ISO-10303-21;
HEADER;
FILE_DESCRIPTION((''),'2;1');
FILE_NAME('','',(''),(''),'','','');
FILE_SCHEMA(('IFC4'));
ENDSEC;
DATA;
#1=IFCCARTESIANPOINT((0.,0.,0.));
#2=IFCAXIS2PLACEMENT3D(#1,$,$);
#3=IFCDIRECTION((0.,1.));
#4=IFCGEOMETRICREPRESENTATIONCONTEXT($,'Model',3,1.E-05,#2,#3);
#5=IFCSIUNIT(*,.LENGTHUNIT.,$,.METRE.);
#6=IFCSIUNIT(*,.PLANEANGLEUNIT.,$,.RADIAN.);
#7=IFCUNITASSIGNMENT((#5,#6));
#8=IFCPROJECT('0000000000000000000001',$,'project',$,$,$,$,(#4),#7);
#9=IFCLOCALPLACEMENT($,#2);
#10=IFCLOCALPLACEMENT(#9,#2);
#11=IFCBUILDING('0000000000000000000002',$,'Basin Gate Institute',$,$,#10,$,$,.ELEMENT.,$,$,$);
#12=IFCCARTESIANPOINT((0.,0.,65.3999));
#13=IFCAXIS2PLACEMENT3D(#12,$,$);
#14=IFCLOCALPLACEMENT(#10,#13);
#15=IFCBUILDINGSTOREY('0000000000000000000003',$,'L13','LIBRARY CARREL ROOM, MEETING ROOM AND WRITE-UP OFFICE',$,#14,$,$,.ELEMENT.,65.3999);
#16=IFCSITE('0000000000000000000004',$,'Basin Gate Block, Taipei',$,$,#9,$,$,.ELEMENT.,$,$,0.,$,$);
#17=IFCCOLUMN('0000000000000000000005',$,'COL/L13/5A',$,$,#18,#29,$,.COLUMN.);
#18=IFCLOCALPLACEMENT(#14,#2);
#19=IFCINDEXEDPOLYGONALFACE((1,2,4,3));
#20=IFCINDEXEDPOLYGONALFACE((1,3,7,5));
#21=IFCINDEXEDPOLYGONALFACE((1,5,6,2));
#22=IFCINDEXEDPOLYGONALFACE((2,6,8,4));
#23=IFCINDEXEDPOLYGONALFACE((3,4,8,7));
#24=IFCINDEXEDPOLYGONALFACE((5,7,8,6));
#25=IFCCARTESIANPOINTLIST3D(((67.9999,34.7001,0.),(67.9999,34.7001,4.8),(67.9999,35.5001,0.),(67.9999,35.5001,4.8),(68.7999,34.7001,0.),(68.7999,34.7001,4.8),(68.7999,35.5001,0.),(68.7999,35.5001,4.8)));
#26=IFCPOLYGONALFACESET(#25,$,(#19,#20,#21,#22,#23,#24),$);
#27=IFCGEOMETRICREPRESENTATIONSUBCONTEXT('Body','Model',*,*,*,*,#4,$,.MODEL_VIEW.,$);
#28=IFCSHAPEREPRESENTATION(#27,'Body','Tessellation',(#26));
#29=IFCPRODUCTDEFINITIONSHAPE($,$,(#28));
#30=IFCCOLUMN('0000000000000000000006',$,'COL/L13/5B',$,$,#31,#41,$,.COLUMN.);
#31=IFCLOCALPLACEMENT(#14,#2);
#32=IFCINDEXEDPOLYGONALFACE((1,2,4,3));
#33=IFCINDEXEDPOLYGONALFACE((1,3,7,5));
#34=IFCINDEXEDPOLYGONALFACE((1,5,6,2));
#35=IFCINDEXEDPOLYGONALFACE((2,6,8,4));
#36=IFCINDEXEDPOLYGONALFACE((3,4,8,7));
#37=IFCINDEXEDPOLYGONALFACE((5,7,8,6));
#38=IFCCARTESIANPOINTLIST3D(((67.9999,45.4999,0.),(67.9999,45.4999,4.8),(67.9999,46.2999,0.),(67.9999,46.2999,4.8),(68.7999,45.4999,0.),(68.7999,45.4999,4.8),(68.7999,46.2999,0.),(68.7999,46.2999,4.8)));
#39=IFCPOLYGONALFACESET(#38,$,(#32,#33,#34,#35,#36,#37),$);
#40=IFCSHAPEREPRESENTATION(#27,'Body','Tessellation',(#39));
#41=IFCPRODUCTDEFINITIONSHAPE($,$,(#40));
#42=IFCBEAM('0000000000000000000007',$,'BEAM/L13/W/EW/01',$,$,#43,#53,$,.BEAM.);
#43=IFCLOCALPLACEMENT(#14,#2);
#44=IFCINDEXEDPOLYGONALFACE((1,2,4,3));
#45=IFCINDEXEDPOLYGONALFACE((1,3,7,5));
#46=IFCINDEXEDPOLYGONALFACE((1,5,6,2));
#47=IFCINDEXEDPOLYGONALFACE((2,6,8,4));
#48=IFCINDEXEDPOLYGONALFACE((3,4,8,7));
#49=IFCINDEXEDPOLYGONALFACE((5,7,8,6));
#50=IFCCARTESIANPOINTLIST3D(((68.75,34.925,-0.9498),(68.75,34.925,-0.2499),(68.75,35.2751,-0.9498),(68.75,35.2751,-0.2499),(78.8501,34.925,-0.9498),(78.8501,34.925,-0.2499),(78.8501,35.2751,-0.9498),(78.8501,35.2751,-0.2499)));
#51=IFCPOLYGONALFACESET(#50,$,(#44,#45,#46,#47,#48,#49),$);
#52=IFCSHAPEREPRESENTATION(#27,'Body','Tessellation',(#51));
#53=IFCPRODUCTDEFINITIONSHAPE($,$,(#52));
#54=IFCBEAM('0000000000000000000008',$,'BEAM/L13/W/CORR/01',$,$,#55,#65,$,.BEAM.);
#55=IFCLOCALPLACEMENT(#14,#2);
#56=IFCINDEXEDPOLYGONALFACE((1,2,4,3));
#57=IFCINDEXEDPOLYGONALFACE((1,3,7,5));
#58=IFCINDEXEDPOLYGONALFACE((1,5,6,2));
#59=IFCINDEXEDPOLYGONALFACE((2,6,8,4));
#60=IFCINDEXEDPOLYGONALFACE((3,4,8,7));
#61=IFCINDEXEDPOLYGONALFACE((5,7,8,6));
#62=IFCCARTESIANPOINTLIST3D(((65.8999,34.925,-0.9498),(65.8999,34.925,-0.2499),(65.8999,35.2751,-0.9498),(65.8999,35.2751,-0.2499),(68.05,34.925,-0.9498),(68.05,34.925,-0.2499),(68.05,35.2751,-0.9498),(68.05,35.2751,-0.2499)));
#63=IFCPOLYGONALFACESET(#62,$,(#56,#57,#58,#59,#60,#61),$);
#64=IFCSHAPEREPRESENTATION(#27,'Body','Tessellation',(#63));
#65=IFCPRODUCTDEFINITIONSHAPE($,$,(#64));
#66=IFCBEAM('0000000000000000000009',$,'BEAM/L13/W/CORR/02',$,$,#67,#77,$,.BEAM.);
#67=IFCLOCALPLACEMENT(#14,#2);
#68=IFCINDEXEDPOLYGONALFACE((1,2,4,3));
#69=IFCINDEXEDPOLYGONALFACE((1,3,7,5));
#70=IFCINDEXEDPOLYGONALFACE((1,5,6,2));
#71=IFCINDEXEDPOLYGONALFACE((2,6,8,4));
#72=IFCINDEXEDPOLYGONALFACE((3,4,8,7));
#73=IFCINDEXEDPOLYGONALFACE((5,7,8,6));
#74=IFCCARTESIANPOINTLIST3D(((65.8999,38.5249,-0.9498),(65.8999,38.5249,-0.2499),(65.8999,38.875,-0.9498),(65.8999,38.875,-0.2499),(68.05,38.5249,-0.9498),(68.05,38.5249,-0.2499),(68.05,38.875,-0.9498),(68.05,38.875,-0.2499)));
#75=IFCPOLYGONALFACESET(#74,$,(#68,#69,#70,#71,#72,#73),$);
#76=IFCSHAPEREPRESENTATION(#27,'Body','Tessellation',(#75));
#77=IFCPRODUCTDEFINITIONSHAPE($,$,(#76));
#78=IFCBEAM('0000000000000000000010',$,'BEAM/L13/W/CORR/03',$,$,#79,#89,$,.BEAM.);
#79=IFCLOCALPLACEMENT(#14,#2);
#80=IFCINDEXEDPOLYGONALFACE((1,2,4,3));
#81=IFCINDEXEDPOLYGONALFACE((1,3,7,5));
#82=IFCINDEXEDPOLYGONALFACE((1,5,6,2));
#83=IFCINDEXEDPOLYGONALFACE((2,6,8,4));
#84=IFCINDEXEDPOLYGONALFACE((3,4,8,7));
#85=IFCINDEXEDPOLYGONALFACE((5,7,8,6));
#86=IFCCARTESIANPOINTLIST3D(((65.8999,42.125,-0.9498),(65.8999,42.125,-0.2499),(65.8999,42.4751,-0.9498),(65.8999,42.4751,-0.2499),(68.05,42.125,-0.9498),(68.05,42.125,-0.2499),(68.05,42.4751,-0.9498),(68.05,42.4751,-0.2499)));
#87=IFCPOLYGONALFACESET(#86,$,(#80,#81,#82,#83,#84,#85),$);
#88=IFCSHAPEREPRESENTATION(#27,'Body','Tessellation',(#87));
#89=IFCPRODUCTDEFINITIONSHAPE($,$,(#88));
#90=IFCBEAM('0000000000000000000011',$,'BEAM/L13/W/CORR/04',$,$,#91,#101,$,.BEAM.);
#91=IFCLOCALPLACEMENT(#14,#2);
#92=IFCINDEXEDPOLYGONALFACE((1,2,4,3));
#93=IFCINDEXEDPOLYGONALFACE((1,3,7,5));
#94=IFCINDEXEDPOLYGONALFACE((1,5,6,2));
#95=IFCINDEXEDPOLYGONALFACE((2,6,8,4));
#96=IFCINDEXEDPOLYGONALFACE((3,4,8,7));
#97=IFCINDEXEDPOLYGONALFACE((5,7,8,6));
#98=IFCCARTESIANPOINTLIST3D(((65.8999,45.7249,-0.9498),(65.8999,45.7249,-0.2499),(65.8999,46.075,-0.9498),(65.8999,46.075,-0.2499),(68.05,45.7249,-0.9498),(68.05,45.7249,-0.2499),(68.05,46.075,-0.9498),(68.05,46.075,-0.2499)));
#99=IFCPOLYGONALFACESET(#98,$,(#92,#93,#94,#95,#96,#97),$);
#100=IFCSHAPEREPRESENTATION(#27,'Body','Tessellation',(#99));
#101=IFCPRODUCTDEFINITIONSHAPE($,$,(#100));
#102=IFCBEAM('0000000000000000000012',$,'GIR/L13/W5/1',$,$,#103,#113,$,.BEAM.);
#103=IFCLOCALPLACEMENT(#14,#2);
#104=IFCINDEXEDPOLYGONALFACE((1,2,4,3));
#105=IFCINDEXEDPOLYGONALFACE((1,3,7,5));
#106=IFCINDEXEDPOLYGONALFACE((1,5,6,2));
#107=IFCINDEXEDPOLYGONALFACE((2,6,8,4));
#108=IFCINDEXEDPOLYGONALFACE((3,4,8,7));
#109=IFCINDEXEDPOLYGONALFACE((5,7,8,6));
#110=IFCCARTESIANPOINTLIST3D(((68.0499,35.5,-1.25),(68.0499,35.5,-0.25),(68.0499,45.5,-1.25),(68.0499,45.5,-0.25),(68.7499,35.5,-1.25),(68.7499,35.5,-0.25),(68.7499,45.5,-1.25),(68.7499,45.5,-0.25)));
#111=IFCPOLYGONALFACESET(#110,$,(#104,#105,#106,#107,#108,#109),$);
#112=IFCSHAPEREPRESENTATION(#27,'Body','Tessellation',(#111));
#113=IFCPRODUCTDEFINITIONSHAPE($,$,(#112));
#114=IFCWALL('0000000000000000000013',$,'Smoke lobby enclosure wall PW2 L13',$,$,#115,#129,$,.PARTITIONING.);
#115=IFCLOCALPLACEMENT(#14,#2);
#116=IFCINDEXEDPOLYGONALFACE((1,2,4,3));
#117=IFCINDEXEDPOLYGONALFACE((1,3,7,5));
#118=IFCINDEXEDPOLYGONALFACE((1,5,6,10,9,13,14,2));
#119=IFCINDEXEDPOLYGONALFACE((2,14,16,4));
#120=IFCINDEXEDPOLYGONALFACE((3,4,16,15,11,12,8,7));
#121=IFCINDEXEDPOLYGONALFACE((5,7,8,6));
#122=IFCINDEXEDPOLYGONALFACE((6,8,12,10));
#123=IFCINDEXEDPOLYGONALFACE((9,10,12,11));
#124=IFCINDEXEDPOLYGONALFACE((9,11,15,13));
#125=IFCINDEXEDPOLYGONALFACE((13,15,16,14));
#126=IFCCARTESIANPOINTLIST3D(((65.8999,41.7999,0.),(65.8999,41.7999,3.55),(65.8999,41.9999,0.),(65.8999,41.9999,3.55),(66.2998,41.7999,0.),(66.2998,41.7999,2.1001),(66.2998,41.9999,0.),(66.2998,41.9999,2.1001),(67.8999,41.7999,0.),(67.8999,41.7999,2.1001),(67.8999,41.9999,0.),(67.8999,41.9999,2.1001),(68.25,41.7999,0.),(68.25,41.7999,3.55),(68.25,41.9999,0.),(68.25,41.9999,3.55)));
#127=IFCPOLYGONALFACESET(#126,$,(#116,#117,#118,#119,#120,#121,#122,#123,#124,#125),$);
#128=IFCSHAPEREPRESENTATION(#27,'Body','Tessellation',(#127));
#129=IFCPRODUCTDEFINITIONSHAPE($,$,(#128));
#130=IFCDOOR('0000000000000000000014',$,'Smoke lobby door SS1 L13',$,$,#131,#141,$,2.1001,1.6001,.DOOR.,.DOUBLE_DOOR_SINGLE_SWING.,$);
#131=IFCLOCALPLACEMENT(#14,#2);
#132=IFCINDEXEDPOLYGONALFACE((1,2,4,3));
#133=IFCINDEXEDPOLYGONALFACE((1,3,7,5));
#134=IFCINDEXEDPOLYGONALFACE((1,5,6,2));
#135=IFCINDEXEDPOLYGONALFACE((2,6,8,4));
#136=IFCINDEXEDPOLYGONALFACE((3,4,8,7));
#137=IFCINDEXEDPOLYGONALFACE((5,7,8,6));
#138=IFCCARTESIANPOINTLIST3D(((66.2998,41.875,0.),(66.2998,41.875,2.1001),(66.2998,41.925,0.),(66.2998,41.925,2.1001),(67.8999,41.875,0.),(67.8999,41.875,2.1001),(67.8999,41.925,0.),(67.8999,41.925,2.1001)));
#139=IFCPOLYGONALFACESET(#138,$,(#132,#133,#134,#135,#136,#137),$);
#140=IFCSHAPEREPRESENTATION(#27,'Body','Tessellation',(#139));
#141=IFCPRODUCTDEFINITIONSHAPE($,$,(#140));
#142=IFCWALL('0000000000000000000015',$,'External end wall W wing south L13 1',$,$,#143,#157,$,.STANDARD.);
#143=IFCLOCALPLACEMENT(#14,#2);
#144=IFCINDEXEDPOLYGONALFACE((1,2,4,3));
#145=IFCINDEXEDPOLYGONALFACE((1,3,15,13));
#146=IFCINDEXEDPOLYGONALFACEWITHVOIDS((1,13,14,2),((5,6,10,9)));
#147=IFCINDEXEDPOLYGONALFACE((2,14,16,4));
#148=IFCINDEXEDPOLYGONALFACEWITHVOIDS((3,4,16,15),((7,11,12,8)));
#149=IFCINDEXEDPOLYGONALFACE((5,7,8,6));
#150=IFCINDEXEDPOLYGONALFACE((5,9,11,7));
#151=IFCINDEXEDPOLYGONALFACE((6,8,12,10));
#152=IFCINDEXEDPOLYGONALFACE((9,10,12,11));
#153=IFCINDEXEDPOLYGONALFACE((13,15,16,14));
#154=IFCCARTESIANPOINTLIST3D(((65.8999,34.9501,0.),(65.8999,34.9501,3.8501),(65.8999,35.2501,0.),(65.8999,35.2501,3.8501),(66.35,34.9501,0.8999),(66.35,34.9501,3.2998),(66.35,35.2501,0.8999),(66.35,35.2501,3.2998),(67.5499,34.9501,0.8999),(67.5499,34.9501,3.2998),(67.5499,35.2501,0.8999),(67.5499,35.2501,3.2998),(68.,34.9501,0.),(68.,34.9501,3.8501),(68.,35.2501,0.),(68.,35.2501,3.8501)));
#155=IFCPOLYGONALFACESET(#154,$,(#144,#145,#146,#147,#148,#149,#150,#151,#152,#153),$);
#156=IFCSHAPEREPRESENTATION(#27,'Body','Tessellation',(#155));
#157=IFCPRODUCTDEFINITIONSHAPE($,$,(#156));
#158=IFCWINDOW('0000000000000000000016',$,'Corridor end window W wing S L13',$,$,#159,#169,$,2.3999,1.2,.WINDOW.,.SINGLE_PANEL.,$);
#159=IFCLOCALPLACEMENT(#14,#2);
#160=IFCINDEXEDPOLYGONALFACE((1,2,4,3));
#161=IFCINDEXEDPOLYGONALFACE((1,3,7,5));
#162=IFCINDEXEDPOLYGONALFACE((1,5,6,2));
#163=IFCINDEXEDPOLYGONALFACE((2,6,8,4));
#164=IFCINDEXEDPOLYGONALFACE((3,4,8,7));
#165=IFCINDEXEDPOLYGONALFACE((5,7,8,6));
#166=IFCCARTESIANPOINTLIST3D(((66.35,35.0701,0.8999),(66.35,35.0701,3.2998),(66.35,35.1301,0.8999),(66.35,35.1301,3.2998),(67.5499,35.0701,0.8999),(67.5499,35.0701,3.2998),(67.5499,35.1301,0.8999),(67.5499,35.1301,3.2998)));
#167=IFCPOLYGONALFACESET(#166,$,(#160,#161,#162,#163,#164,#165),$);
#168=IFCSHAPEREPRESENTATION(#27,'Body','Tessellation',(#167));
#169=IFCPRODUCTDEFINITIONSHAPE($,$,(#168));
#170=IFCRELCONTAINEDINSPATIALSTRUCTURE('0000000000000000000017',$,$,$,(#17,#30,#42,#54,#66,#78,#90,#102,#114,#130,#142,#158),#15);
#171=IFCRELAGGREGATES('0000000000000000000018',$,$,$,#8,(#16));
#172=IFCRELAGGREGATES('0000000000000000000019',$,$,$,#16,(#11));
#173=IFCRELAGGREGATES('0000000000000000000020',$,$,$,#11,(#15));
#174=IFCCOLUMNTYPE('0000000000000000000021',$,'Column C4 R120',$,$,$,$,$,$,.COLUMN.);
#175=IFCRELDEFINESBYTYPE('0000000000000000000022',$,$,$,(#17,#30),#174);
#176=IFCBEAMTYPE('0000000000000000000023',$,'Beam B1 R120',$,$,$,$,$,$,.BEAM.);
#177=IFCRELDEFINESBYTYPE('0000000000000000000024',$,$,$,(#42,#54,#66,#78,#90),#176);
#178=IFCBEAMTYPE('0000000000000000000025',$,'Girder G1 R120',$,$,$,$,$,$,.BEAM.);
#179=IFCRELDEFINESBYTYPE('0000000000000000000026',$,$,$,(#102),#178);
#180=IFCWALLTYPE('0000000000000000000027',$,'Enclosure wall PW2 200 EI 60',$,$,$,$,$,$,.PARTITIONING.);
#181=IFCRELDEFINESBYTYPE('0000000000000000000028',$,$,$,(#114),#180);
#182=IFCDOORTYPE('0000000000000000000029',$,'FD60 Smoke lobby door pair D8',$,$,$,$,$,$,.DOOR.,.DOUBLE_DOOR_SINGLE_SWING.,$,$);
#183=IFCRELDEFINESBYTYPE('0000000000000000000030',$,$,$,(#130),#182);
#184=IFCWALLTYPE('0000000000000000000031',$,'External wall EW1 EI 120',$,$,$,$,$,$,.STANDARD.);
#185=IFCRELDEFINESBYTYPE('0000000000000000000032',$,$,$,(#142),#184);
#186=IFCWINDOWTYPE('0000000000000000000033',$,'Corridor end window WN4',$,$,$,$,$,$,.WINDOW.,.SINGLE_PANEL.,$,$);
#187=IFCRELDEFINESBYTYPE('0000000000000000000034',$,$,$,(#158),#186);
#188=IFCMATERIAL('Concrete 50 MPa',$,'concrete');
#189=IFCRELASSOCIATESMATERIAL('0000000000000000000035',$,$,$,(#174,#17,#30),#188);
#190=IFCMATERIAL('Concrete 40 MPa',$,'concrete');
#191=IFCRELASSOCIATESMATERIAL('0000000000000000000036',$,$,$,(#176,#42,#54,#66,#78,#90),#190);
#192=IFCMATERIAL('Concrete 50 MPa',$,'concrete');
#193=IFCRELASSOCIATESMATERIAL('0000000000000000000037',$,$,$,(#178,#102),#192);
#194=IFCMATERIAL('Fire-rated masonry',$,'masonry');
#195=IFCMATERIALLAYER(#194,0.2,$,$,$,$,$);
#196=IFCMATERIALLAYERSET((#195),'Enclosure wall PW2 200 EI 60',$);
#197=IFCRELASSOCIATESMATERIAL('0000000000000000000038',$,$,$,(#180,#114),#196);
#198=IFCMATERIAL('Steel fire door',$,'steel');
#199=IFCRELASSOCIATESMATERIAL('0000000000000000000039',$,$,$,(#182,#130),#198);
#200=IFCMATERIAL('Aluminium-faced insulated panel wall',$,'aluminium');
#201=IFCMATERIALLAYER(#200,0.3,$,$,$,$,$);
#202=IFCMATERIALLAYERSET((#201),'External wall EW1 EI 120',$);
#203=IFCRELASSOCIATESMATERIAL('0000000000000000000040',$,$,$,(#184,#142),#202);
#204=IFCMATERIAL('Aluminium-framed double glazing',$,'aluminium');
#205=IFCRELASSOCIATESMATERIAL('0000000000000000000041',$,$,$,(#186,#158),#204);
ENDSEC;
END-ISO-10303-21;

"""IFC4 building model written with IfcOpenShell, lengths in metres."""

from ifc_helpers import new_model, si_unit, direction, frame, frame_2d, origin, origin_2d, place, context, subcontext, project, spatial, rectangle, extrude, material, layer, layer_set, material_profile, profile_set, type_object, element, fill, save


model = new_model("IFC4")

# Units and contexts
model_context = context("Model", 3, precision=1e-05, world=origin(), true_north=direction((0.0, 1.0)))
body_context = subcontext(model_context, "Body", "Model", "MODEL_VIEW")
ifc_project = project(units=[si_unit("LENGTHUNIT", "METRE"), si_unit("PLANEANGLEUNIT", "RADIAN")], contexts=[model_context])

# Site, building, storey
site_placement = place(None, origin())
site = spatial("IfcSite", under=ifc_project, at=site_placement, Name="Basin Gate Block, Taipei", CompositionType="ELEMENT", RefElevation=0.0)
building_placement = place(site_placement, origin())
building = spatial("IfcBuilding", under=site, at=building_placement, Name="Basin Gate Institute", CompositionType="ELEMENT")
storey_placement = place(building_placement, frame((0.0, 0.0, 65.3999)))
storey = spatial("IfcBuildingStorey", under=building, at=storey_placement, Name="L13", Description="LIBRARY CARREL ROOM, MEETING ROOM AND WRITE-UP OFFICE", CompositionType="ELEMENT", Elevation=65.3999)

# Columns
ifc_material_1 = material(Name="Concrete 50 MPa", Category="concrete")
ifc_material_profile_1 = material_profile(ifc_material_1, rectangle(XDim=0.8, YDim=0.8, at=origin_2d()), Name="Column C4 800 x 800")
ifc_profile_set_1 = profile_set([ifc_material_profile_1], Name="Concrete 50 MPa")
column_type = type_object("IfcColumnType", Name="Column C4 R120", PredefinedType="COLUMN", material=ifc_profile_set_1)
for number, where, z_axis, x_axis, name in (
    (1, (68.3999, 35.1001, 0.0), (0.0, 0.0, 1.0), (1.0, 0.0, 0.0), "COL/L13/5A"),
    (2, (68.3999, 45.8999, 0.0), (0.0, 0.0, 1.0), (1.0, 0.0, 0.0), "COL/L13/5B"),
):
    element("IfcColumn", number, at=place(storey_placement, frame(where, z_axis=z_axis, x_axis=x_axis)), inside=storey, type_object=column_type, material=ifc_profile_set_1, Name=name, PredefinedType="COLUMN", context=body_context, shape_type="SweptSolid", body=[
        extrude(rectangle(XDim=0.8, YDim=0.8, at=origin_2d()), origin(), (0.0, 0.0, 1.0), 4.8),
    ])

# Beams
ifc_material_2 = material(Name="Concrete 40 MPa", Category="concrete")
ifc_material_profile_2 = material_profile(ifc_material_2, rectangle(XDim=0.3501, YDim=0.7, at=origin_2d()), Name="Beam B1 350 x 700")
ifc_profile_set_2 = profile_set([ifc_material_profile_2], Name="Concrete 40 MPa")
beam_type_1 = type_object("IfcBeamType", Name="Beam B1 R120", PredefinedType="BEAM", material=ifc_profile_set_2)
beam_1_placement = place(storey_placement, frame((68.75, 35.1001, -0.5999), z_axis=(1.0, 0.0, 0.0), x_axis=(0.0, 1.0, 0.0)))
element("IfcBeam", 3, at=beam_1_placement, inside=storey, type_object=beam_type_1, material=ifc_profile_set_2, Name="BEAM/L13/W/EW/01", PredefinedType="BEAM", context=body_context, shape_type="SweptSolid", body=[
    extrude(rectangle(XDim=0.3501, YDim=0.7, at=origin_2d()), origin(), (0.0, 0.0, 1.0), 10.1001),
])
for number, where, z_axis, x_axis, name in (
    (4, (65.8999, 35.1001, -0.5999), (1.0, 0.0, 0.0), (0.0, 1.0, 0.0), "BEAM/L13/W/CORR/01"),
    (5, (65.8999, 38.7, -0.5999), (1.0, 0.0, 0.0), (0.0, 1.0, 0.0), "BEAM/L13/W/CORR/02"),
    (6, (65.8999, 42.3, -0.5999), (1.0, 0.0, 0.0), (0.0, 1.0, 0.0), "BEAM/L13/W/CORR/03"),
    (7, (65.8999, 45.8999, -0.5999), (1.0, 0.0, 0.0), (0.0, 1.0, 0.0), "BEAM/L13/W/CORR/04"),
):
    element("IfcBeam", number, at=place(storey_placement, frame(where, z_axis=z_axis, x_axis=x_axis)), inside=storey, type_object=beam_type_1, material=ifc_profile_set_2, Name=name, PredefinedType="BEAM", context=body_context, shape_type="SweptSolid", body=[
        extrude(rectangle(XDim=0.3501, YDim=0.7, at=origin_2d()), origin(), (0.0, 0.0, 1.0), 2.1501),
    ])
ifc_material_3 = material(Name="Concrete 50 MPa", Category="concrete")
ifc_material_profile_3 = material_profile(ifc_material_3, rectangle(XDim=0.7, YDim=1.0, at=origin_2d()), Name="Girder G1 700 x 1000")
ifc_profile_set_3 = profile_set([ifc_material_profile_3], Name="Concrete 50 MPa")
beam_type_2 = type_object("IfcBeamType", Name="Girder G1 R120", PredefinedType="BEAM", material=ifc_profile_set_3)
beam_2_placement = place(storey_placement, frame((68.3999, 35.5, -0.75), z_axis=(0.0, 1.0, 0.0), x_axis=(-1.0, 0.0, 0.0)))
element("IfcBeam", 8, at=beam_2_placement, inside=storey, type_object=beam_type_2, material=ifc_profile_set_3, Name="GIR/L13/W5/1", PredefinedType="BEAM", context=body_context, shape_type="SweptSolid", body=[
    extrude(rectangle(XDim=0.7, YDim=1.0, at=origin_2d()), origin(), (0.0, 0.0, 1.0), 10.0),
])

# Wall, opening, door
ifc_material_4 = material(Name="Fire-rated masonry", Category="masonry")
ifc_layer_1 = layer(ifc_material_4, 0.2)
ifc_layer_set_1 = layer_set([ifc_layer_1], Name="Enclosure wall PW2 200 EI 60")
wall_type_1 = type_object("IfcWallType", Name="Enclosure wall PW2 200 EI 60", PredefinedType="PARTITIONING", material=ifc_layer_set_1)
wall_1_placement = place(storey_placement, frame((65.8999, 41.8999, 0.0), z_axis=(0.0, 0.0, 1.0), x_axis=(1.0, 0.0, 0.0)))
wall_1 = element("IfcWall", 9, at=wall_1_placement, inside=storey, type_object=wall_type_1, material=ifc_layer_set_1, Name="Smoke lobby enclosure wall PW2 L13", PredefinedType="PARTITIONING", context=body_context, shape_type="SweptSolid", body=[
    extrude(rectangle(XDim=2.3501, YDim=0.2, at=frame_2d((1.175, 0.0))), origin(), (0.0, 0.0, 1.0), 3.55),
])
opening_1_placement = place(wall_1_placement, frame((0.3999, 0.0, 0.0)))
opening_1 = element("IfcOpeningElement", 10, at=opening_1_placement, cuts=wall_1, PredefinedType="OPENING", context=body_context, shape_type="SweptSolid", body=[
    extrude(rectangle(XDim=1.6001, YDim=2.1001, at=frame_2d((0.8, 1.05))), frame((0.0, 0.1099, 0.0), z_axis=(0.0, -1.0, 0.0), x_axis=(1.0, 0.0, 0.0)), (0.0, 0.0, 1.0), 0.22),
])
ifc_material_5 = material(Name="Steel fire door", Category="steel")
door_type_1 = type_object("IfcDoorType", Name="FD60 Smoke lobby door pair D8", OperationType="DOUBLE_DOOR_SINGLE_SWING", PredefinedType="DOOR", material=ifc_material_5)
door_1_placement = place(opening_1_placement, frame((1.6001, 0.0, 0.0), z_axis=(0.0, 0.0, 1.0), x_axis=(-1.0, 0.0, 0.0)))
door_1 = element("IfcDoor", 11, at=door_1_placement, inside=storey, type_object=door_type_1, material=ifc_material_5, Name="Smoke lobby door SS1 L13", OperationType="DOUBLE_DOOR_SINGLE_SWING", OverallHeight=2.1001, OverallWidth=1.6001, PredefinedType="DOOR", context=body_context, shape_type="SweptSolid", body=[
    extrude(rectangle(XDim=1.6001, YDim=2.1001, at=frame_2d((0.8, 1.05))), frame((0.0, 0.0249, 0.0), z_axis=(0.0, -1.0, 0.0), x_axis=(1.0, 0.0, 0.0)), (0.0, 0.0, 1.0), 0.05),
])
fill(opening_1, door_1)

# Wall, opening, window
ifc_material_6 = material(Name="Aluminium-faced insulated panel wall", Category="aluminium")
ifc_layer_2 = layer(ifc_material_6, 0.3)
ifc_layer_set_2 = layer_set([ifc_layer_2], Name="External wall EW1 EI 120")
wall_type_2 = type_object("IfcWallType", Name="External wall EW1 EI 120", PredefinedType="STANDARD", material=ifc_layer_set_2)
wall_2_placement = place(storey_placement, frame((65.8999, 35.1001, 0.0), z_axis=(0.0, 0.0, 1.0), x_axis=(1.0, 0.0, 0.0)))
wall_2 = element("IfcWall", 12, at=wall_2_placement, inside=storey, type_object=wall_type_2, material=ifc_layer_set_2, Name="External end wall W wing south L13 1", PredefinedType="STANDARD", context=body_context, shape_type="SweptSolid", body=[
    extrude(rectangle(XDim=2.1001, YDim=0.3, at=frame_2d((1.05, 0.0))), origin(), (0.0, 0.0, 1.0), 3.8501),
])
opening_2_placement = place(wall_2_placement, frame((0.45, 0.0, 0.8999)))
opening_2 = element("IfcOpeningElement", 13, at=opening_2_placement, cuts=wall_2, PredefinedType="OPENING", context=body_context, shape_type="SweptSolid", body=[
    extrude(rectangle(XDim=1.2, YDim=2.3999, at=frame_2d((0.6001, 1.2))), frame((0.0, 0.1602, 0.0), z_axis=(0.0, -1.0, 0.0), x_axis=(1.0, 0.0, 0.0)), (0.0, 0.0, 1.0), 0.3201),
])
ifc_material_7 = material(Name="Aluminium-framed double glazing", Category="aluminium")
window_type_1 = type_object("IfcWindowType", Name="Corridor end window WN4", PartitioningType="SINGLE_PANEL", PredefinedType="WINDOW", material=ifc_material_7)
window_1_placement = place(opening_2_placement, origin())
window_1 = element("IfcWindow", 14, at=window_1_placement, inside=storey, type_object=window_type_1, material=ifc_material_7, Name="Corridor end window W wing S L13", OverallHeight=2.3999, OverallWidth=1.2, PartitioningType="SINGLE_PANEL", PredefinedType="WINDOW", context=body_context, shape_type="SweptSolid", body=[
    extrude(rectangle(XDim=1.2, YDim=2.3999, at=frame_2d((0.6001, 1.2))), frame((0.0, 0.03, 0.0), z_axis=(0.0, -1.0, 0.0), x_axis=(1.0, 0.0, 0.0)), (0.0, 0.0, 1.0), 0.0601),
])
fill(opening_2, window_1)

save(model, "model.ifc")
